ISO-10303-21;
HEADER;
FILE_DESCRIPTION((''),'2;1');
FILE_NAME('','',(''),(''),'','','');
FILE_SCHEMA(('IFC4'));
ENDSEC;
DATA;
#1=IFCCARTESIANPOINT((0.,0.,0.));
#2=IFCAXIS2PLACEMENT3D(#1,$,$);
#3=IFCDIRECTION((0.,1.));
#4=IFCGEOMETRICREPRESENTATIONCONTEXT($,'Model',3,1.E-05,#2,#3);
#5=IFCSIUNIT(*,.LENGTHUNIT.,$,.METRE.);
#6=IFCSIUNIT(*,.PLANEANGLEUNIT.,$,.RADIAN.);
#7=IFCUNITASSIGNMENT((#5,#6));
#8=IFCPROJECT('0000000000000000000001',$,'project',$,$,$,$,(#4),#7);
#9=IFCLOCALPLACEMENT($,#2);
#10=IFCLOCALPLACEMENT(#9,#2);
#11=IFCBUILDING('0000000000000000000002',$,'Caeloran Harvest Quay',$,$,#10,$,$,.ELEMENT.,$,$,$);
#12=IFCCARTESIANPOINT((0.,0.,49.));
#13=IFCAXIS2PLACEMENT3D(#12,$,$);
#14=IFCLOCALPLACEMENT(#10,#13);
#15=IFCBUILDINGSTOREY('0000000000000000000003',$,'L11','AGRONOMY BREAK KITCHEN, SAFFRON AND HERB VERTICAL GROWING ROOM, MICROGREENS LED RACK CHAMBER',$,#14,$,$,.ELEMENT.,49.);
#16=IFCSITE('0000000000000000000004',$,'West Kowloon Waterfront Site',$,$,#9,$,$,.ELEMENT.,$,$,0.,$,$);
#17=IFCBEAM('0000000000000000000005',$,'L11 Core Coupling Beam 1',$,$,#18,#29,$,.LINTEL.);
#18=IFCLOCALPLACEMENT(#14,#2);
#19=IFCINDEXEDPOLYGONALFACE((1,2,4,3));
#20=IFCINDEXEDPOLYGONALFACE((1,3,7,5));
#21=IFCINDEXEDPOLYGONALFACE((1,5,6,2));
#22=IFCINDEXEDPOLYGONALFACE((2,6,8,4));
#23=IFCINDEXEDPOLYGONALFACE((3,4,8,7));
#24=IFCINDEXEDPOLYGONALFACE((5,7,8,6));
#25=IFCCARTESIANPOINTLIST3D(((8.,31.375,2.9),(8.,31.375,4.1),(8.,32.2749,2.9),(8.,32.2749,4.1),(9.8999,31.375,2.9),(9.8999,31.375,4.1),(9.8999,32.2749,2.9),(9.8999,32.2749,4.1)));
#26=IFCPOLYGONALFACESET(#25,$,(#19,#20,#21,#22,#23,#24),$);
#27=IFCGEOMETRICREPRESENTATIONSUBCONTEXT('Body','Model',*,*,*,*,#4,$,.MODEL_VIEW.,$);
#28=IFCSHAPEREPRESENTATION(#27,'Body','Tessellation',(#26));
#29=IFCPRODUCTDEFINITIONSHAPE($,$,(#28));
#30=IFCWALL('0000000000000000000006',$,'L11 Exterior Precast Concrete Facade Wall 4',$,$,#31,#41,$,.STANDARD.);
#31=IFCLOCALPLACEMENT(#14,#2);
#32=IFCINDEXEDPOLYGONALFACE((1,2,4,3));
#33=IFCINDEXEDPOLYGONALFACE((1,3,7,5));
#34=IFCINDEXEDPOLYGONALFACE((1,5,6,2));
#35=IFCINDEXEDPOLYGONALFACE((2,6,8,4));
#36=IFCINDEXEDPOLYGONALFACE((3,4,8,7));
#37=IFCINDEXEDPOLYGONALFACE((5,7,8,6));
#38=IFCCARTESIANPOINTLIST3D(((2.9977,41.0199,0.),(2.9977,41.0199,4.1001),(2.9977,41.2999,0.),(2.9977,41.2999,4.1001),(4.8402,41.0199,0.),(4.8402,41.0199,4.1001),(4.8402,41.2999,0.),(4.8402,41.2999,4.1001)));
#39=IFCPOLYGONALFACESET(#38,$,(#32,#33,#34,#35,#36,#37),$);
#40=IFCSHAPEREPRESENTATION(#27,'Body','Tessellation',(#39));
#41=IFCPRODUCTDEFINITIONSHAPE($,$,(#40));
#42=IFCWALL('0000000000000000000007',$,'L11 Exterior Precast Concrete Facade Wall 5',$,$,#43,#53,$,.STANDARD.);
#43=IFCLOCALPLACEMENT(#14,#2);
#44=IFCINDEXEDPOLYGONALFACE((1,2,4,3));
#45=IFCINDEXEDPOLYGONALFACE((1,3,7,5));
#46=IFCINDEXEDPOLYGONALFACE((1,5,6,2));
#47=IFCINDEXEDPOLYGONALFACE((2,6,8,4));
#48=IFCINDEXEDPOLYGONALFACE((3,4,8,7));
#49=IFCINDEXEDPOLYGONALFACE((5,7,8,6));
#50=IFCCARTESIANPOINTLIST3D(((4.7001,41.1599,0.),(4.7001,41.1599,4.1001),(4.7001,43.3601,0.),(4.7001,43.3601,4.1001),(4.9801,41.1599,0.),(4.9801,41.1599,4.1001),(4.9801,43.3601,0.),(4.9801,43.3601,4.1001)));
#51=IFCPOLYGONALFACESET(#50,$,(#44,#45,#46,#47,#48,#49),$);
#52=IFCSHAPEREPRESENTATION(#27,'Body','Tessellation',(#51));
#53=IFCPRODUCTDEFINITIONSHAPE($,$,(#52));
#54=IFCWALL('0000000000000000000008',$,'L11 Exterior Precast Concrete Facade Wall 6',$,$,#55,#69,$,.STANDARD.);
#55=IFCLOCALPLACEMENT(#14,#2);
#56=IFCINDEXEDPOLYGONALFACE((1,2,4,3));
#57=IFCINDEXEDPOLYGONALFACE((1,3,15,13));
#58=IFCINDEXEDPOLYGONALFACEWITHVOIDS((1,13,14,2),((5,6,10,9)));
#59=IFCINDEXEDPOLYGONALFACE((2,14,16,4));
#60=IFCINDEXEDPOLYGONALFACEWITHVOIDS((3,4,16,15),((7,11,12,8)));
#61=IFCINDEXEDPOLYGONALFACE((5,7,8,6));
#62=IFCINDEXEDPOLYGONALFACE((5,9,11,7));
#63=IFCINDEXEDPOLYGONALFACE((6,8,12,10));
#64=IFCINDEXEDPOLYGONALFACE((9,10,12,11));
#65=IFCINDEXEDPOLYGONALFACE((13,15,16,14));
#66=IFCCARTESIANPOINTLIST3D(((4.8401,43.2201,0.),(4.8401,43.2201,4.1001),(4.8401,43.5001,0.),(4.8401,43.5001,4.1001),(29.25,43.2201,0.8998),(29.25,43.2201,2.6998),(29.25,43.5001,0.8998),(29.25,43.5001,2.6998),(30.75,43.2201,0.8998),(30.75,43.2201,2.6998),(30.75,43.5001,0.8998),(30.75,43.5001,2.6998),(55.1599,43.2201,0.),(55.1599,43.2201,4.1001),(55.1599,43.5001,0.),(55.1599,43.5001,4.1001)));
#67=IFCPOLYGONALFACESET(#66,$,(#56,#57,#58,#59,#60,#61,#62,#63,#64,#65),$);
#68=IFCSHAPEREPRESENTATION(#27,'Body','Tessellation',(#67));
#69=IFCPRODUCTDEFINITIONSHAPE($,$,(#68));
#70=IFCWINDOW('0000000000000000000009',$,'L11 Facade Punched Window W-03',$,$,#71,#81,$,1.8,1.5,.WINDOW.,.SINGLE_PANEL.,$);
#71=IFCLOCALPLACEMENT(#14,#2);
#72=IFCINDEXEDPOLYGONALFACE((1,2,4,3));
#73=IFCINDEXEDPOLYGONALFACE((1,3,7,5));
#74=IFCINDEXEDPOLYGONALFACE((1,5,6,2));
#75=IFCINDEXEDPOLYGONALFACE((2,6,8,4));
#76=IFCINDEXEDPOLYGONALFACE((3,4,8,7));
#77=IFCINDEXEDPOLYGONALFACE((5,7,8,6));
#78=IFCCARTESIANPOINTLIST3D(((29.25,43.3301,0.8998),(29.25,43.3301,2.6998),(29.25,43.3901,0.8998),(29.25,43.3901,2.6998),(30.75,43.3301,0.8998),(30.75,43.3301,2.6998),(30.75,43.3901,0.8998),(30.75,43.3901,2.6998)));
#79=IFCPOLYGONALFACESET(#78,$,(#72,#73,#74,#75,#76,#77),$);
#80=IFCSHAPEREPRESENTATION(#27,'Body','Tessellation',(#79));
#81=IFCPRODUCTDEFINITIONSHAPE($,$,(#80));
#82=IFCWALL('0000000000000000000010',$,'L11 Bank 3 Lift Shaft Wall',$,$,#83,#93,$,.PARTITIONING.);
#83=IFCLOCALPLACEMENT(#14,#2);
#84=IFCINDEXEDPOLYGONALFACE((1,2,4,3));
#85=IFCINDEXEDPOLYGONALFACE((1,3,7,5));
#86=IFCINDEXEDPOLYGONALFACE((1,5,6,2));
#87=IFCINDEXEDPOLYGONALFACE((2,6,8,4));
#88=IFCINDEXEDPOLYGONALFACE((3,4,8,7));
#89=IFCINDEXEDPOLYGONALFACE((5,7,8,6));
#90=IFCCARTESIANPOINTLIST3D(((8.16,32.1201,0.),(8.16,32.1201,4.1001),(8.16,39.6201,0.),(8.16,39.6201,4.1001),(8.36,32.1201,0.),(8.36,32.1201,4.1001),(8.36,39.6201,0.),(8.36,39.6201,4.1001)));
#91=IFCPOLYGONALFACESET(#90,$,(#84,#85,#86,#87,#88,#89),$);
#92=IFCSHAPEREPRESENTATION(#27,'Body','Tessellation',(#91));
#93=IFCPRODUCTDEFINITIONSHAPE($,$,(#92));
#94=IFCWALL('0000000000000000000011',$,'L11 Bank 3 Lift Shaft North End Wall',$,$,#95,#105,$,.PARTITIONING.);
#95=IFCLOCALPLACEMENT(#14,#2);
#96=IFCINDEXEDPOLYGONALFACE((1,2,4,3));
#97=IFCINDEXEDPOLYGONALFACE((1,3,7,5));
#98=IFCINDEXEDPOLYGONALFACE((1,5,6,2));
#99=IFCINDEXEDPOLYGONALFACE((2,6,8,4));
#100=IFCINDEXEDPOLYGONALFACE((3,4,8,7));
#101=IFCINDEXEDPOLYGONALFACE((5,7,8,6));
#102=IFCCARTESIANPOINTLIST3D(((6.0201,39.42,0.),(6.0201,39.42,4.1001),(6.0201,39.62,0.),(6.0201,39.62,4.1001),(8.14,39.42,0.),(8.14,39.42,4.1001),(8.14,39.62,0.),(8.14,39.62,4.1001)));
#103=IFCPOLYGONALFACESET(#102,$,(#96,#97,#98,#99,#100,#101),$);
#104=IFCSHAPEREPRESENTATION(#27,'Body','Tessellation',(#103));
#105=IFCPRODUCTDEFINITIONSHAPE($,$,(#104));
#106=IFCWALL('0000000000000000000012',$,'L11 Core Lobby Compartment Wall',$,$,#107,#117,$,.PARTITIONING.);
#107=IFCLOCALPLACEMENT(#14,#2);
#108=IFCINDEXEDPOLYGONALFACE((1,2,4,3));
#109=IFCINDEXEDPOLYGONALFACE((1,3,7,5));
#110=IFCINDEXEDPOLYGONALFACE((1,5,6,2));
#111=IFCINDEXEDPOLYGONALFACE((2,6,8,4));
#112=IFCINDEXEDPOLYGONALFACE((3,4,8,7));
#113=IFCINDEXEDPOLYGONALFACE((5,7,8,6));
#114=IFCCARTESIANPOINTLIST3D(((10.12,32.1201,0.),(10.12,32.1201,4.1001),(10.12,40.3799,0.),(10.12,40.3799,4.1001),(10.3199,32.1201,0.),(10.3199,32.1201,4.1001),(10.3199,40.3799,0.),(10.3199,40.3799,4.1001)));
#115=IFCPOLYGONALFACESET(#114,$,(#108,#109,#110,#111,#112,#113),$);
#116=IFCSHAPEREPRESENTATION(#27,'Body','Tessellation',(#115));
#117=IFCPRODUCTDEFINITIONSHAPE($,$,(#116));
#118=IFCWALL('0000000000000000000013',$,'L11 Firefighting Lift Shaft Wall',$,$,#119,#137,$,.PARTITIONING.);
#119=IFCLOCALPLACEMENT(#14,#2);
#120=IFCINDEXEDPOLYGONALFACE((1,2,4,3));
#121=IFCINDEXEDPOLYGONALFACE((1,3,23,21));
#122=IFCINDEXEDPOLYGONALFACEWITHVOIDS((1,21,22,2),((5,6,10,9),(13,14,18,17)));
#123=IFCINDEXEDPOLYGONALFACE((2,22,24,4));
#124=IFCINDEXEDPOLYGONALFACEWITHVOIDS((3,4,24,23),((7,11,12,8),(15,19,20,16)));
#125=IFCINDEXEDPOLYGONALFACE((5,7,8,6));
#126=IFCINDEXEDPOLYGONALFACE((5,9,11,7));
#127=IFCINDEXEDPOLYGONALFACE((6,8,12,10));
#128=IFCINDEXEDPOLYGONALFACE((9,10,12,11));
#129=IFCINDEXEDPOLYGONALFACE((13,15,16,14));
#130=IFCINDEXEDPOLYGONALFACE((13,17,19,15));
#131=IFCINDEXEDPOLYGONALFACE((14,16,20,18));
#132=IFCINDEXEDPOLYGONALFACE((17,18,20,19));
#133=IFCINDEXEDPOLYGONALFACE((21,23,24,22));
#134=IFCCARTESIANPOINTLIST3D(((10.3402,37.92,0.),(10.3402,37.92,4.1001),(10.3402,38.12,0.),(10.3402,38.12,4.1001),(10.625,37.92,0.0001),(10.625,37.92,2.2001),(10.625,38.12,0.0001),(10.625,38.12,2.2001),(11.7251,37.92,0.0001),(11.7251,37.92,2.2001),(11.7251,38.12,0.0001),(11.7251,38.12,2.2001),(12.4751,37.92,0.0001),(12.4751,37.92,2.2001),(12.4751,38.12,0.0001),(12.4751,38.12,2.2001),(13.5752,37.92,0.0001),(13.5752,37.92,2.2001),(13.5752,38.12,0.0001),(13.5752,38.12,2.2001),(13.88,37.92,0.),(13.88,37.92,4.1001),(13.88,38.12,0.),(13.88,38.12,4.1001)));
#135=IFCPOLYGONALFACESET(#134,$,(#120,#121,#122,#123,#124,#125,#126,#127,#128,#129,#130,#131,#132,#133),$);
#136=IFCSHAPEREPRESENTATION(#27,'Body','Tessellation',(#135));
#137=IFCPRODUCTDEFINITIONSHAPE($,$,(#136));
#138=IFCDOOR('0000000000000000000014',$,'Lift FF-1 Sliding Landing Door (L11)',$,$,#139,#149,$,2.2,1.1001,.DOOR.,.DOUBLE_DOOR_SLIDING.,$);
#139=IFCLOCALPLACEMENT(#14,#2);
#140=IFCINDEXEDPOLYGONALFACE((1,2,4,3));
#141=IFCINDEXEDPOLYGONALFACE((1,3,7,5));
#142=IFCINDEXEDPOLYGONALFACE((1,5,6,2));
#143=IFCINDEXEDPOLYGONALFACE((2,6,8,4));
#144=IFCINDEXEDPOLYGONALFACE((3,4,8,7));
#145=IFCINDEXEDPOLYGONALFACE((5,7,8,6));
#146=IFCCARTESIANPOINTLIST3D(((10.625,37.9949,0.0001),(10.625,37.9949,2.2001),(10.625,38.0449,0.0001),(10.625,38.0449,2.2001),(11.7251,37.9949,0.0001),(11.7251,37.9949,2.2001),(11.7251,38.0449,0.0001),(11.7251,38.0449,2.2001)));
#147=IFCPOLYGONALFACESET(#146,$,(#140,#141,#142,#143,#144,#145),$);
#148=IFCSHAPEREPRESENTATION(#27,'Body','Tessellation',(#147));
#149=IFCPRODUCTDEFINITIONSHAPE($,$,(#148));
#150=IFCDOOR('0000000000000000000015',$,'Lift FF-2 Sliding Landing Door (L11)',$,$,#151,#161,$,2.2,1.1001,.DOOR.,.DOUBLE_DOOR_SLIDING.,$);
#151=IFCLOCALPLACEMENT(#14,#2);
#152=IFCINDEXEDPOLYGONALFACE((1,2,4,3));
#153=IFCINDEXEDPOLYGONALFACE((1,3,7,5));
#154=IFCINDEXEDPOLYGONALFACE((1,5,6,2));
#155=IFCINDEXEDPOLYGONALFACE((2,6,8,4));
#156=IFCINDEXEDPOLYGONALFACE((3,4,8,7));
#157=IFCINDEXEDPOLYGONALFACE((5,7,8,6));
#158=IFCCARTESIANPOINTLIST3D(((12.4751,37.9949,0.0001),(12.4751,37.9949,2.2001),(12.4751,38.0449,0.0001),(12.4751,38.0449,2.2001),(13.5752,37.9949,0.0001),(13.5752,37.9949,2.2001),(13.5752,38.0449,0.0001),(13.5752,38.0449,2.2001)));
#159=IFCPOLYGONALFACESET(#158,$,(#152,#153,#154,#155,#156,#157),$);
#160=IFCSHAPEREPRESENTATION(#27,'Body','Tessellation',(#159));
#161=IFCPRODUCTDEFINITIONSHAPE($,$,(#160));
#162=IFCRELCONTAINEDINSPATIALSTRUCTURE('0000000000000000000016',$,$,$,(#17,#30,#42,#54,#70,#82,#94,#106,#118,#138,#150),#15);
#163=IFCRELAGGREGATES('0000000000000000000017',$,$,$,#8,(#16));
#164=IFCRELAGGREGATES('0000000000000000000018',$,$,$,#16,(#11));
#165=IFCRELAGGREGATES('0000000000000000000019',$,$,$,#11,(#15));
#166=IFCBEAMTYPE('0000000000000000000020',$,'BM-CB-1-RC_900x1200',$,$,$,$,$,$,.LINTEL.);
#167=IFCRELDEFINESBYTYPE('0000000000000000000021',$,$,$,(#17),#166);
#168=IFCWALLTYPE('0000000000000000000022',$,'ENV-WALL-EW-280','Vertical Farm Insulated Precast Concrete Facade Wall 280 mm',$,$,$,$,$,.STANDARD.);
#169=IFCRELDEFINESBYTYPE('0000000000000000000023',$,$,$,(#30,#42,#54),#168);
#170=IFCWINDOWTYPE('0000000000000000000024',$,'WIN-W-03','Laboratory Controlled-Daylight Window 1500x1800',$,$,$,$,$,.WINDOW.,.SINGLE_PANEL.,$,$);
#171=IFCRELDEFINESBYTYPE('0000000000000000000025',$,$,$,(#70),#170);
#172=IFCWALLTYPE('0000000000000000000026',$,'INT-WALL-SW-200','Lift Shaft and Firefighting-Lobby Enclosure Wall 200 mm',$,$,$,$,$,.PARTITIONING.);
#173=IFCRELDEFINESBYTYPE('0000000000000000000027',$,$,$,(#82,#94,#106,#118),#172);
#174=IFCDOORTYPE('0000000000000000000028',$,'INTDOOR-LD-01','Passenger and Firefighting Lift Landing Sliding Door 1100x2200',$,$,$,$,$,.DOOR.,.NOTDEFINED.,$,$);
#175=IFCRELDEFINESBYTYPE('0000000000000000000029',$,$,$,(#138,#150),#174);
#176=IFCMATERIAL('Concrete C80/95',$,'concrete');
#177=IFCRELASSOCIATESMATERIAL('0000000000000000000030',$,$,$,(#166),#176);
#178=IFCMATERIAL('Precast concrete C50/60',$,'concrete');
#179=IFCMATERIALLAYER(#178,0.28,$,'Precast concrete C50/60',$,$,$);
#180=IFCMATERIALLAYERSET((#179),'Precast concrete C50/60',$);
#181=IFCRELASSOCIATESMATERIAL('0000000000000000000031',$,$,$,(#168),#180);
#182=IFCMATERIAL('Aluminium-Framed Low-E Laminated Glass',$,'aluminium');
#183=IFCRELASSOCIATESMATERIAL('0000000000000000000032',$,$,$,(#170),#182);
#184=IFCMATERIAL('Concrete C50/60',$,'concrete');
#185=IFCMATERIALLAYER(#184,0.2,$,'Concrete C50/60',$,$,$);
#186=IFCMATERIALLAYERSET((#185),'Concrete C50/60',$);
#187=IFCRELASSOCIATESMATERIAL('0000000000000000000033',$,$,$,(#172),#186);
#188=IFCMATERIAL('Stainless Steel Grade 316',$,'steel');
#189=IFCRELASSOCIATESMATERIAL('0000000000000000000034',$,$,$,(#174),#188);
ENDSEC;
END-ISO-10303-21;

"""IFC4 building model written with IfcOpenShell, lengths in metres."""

from ifc_helpers import new_model, si_unit, direction, frame, frame_2d, origin, origin_2d, place, context, subcontext, project, spatial, rectangle, extrude, material, layer, layer_set, material_profile, profile_set, type_object, element, fill, save


model = new_model("IFC4")

# Units and contexts
model_context = context("Model", 3, precision=1e-05, world=origin(), true_north=direction((0.0, 1.0)))
body_context = subcontext(model_context, "Body", "Model", "MODEL_VIEW")
ifc_project = project(units=[si_unit("LENGTHUNIT", "METRE"), si_unit("PLANEANGLEUNIT", "RADIAN")], contexts=[model_context])

# Site, building, storey
site_placement = place(None, origin())
site = spatial("IfcSite", under=ifc_project, at=site_placement, Name="West Kowloon Waterfront Site", CompositionType="ELEMENT", RefElevation=0.0)
building_placement = place(site_placement, origin())
building = spatial("IfcBuilding", under=site, at=building_placement, Name="Caeloran Harvest Quay", CompositionType="ELEMENT")
storey_placement = place(building_placement, frame((0.0, 0.0, 49.0)))
storey = spatial("IfcBuildingStorey", under=building, at=storey_placement, Name="L11", Description="AGRONOMY BREAK KITCHEN, SAFFRON AND HERB VERTICAL GROWING ROOM, MICROGREENS LED RACK CHAMBER", CompositionType="ELEMENT", Elevation=49.0)

# Beam
ifc_material_1 = material(Name="Concrete C80/95", Category="concrete")
ifc_material_profile = material_profile(ifc_material_1, rectangle(XDim=0.8999, YDim=1.2, at=origin_2d()), Name="RC 900x1200")
ifc_profile_set = profile_set([ifc_material_profile], Name="Concrete C80/95")
beam_type = type_object("IfcBeamType", Name="BM-CB-1-RC_900x1200", PredefinedType="LINTEL", material=ifc_profile_set)
beam_placement = place(storey_placement, frame((8.0, 31.825, 3.5), z_axis=(1.0, 0.0, 0.0), x_axis=(0.0, 1.0, 0.0)))
element("IfcBeam", 1, at=beam_placement, inside=storey, type_object=beam_type, Name="L11 Core Coupling Beam 1", PredefinedType="LINTEL", context=body_context, shape_type="SweptSolid", body=[
    extrude(rectangle(XDim=0.8999, YDim=1.2, at=origin_2d()), origin(), (0.0, 0.0, 1.0), 1.8999),
])

# Walls
ifc_material_2 = material(Name="Precast concrete C50/60", Category="concrete")
ifc_layer_1 = layer(ifc_material_2, 0.28, Name="Precast concrete C50/60")
ifc_layer_set_1 = layer_set([ifc_layer_1], Name="Precast concrete C50/60")
wall_type_1 = type_object("IfcWallType", Name="ENV-WALL-EW-280", Description="Vertical Farm Insulated Precast Concrete Facade Wall 280 mm", PredefinedType="STANDARD", material=ifc_layer_set_1)
wall_1_placement = place(storey_placement, frame((2.9976, 41.1599, 0.0), z_axis=(0.0, 0.0, 1.0), x_axis=(1.0, 0.0, 0.0)))
element("IfcWall", 2, at=wall_1_placement, inside=storey, type_object=wall_type_1, Name="L11 Exterior Precast Concrete Facade Wall 4", PredefinedType="STANDARD", context=body_context, shape_type="SweptSolid", body=[
    extrude(rectangle(XDim=1.8425, YDim=0.28, at=frame_2d((0.9214, 0.0))), origin(), (0.0, 0.0, 1.0), 4.1001),
])
wall_2_placement = place(storey_placement, frame((4.8401, 41.1599, 0.0), z_axis=(0.0, 0.0, 1.0), x_axis=(0.0, 1.0, 0.0)))
element("IfcWall", 3, at=wall_2_placement, inside=storey, type_object=wall_type_1, Name="L11 Exterior Precast Concrete Facade Wall 5", PredefinedType="STANDARD", context=body_context, shape_type="SweptSolid", body=[
    extrude(rectangle(XDim=2.2002, YDim=0.28, at=frame_2d((1.1001, 0.0))), origin(), (0.0, 0.0, 1.0), 4.1001),
])

# Wall, opening, window
wall_3_placement = place(storey_placement, frame((4.8401, 43.3601, 0.0), z_axis=(0.0, 0.0, 1.0), x_axis=(1.0, 0.0, 0.0)))
wall_3 = element("IfcWall", 4, at=wall_3_placement, inside=storey, type_object=wall_type_1, Name="L11 Exterior Precast Concrete Facade Wall 6", PredefinedType="STANDARD", context=body_context, shape_type="SweptSolid", body=[
    extrude(rectangle(XDim=50.3198, YDim=0.28, at=frame_2d((25.1599, 0.0))), origin(), (0.0, 0.0, 1.0), 4.1001),
])
opening_1_placement = place(wall_3_placement, frame((24.4099, 0.0, 0.8999)))
opening_1 = element("IfcOpeningElement", 5, at=opening_1_placement, cuts=wall_3, PredefinedType="OPENING", context=body_context, shape_type="SweptSolid", body=[
    extrude(rectangle(XDim=1.5, YDim=1.8, at=frame_2d((0.75, 0.8999))), frame((0.0, 0.1499, 0.0), z_axis=(0.0, -1.0, 0.0), x_axis=(1.0, 0.0, 0.0)), (0.0, 0.0, 1.0), 0.3),
])
ifc_material_3 = material(Name="Aluminium-Framed Low-E Laminated Glass", Category="aluminium")
window_type = type_object("IfcWindowType", Name="WIN-W-03", Description="Laboratory Controlled-Daylight Window 1500x1800", PartitioningType="SINGLE_PANEL", PredefinedType="WINDOW", material=ifc_material_3)
window_placement = place(opening_1_placement, origin())
window = element("IfcWindow", 6, at=window_placement, inside=storey, type_object=window_type, Name="L11 Facade Punched Window W-03", OverallHeight=1.8, OverallWidth=1.5, PartitioningType="SINGLE_PANEL", PredefinedType="WINDOW", context=body_context, shape_type="SweptSolid", body=[
    extrude(rectangle(XDim=1.5, YDim=1.8, at=frame_2d((0.75, 0.8999))), frame((0.0, 0.03, 0.0), z_axis=(0.0, -1.0, 0.0), x_axis=(1.0, 0.0, 0.0)), (0.0, 0.0, 1.0), 0.0601),
])
fill(opening_1, window)

# Walls
ifc_material_4 = material(Name="Concrete C50/60", Category="concrete")
ifc_layer_2 = layer(ifc_material_4, 0.2, Name="Concrete C50/60")
ifc_layer_set_2 = layer_set([ifc_layer_2], Name="Concrete C50/60")
wall_type_2 = type_object("IfcWallType", Name="INT-WALL-SW-200", Description="Lift Shaft and Firefighting-Lobby Enclosure Wall 200 mm", PredefinedType="PARTITIONING", material=ifc_layer_set_2)
wall_4_placement = place(storey_placement, frame((8.26, 32.1201, 0.0), z_axis=(0.0, 0.0, 1.0), x_axis=(0.0, 1.0, 0.0)))
element("IfcWall", 7, at=wall_4_placement, inside=storey, type_object=wall_type_2, Name="L11 Bank 3 Lift Shaft Wall", PredefinedType="PARTITIONING", context=body_context, shape_type="SweptSolid", body=[
    extrude(rectangle(XDim=7.5, YDim=0.2, at=frame_2d((3.75, 0.0))), origin(), (0.0, 0.0, 1.0), 4.1001),
])
wall_5_placement = place(storey_placement, frame((6.02, 39.52, 0.0), z_axis=(0.0, 0.0, 1.0), x_axis=(1.0, 0.0, 0.0)))
element("IfcWall", 8, at=wall_5_placement, inside=storey, type_object=wall_type_2, Name="L11 Bank 3 Lift Shaft North End Wall", PredefinedType="PARTITIONING", context=body_context, shape_type="SweptSolid", body=[
    extrude(rectangle(XDim=2.1199, YDim=0.2, at=frame_2d((1.0601, 0.0))), origin(), (0.0, 0.0, 1.0), 4.1001),
])
wall_6_placement = place(storey_placement, frame((10.22, 32.1201, 0.0), z_axis=(0.0, 0.0, 1.0), x_axis=(0.0, 1.0, 0.0)))
element("IfcWall", 9, at=wall_6_placement, inside=storey, type_object=wall_type_2, Name="L11 Core Lobby Compartment Wall", PredefinedType="PARTITIONING", context=body_context, shape_type="SweptSolid", body=[
    extrude(rectangle(XDim=8.2598, YDim=0.2, at=frame_2d((4.1299, 0.0))), origin(), (0.0, 0.0, 1.0), 4.1001),
])

# Wall, openings, doors
wall_7_placement = place(storey_placement, frame((10.3401, 38.02, 0.0), z_axis=(0.0, 0.0, 1.0), x_axis=(1.0, 0.0, 0.0)))
wall_7 = element("IfcWall", 10, at=wall_7_placement, inside=storey, type_object=wall_type_2, Name="L11 Firefighting Lift Shaft Wall", PredefinedType="PARTITIONING", context=body_context, shape_type="SweptSolid", body=[
    extrude(rectangle(XDim=3.5398, YDim=0.2, at=frame_2d((1.77, 0.0))), origin(), (0.0, 0.0, 1.0), 4.1001),
])
opening_2_placement = place(wall_7_placement, frame((0.2849, 0.0, 0.0)))
opening_2 = element("IfcOpeningElement", 11, at=opening_2_placement, cuts=wall_7, PredefinedType="OPENING", context=body_context, shape_type="SweptSolid", body=[
    extrude(rectangle(XDim=1.1001, YDim=2.2, at=frame_2d((0.55, 1.1001))), frame((0.0, 0.1099, 0.0), z_axis=(0.0, -1.0, 0.0), x_axis=(1.0, 0.0, 0.0)), (0.0, 0.0, 1.0), 0.22),
])
opening_3_placement = place(wall_7_placement, frame((2.135, 0.0, 0.0)))
opening_3 = element("IfcOpeningElement", 12, at=opening_3_placement, cuts=wall_7, PredefinedType="OPENING", context=body_context, shape_type="SweptSolid", body=[
    extrude(rectangle(XDim=1.1001, YDim=2.2, at=frame_2d((0.55, 1.1001))), frame((0.0, 0.1099, 0.0), z_axis=(0.0, -1.0, 0.0), x_axis=(1.0, 0.0, 0.0)), (0.0, 0.0, 1.0), 0.22),
])
ifc_material_5 = material(Name="Stainless Steel Grade 316", Category="steel")
door_type_1 = type_object("IfcDoorType", Name="INTDOOR-LD-01", Description="Passenger and Firefighting Lift Landing Sliding Door 1100x2200", OperationType="NOTDEFINED", PredefinedType="DOOR", material=ifc_material_5)
door_1_placement = place(opening_2_placement, origin())
door_1 = element("IfcDoor", 13, at=door_1_placement, inside=storey, type_object=door_type_1, Name="Lift FF-1 Sliding Landing Door (L11)", OperationType="DOUBLE_DOOR_SLIDING", OverallHeight=2.2, OverallWidth=1.1001, PredefinedType="DOOR", context=body_context, shape_type="SweptSolid", body=[
    extrude(rectangle(XDim=1.1001, YDim=2.2, at=frame_2d((0.55, 1.1001))), frame((0.0, 0.0249, 0.0), z_axis=(0.0, -1.0, 0.0), x_axis=(1.0, 0.0, 0.0)), (0.0, 0.0, 1.0), 0.05),
])
fill(opening_2, door_1)
door_2_placement = place(opening_3_placement, origin())
door_2 = element("IfcDoor", 14, at=door_2_placement, inside=storey, type_object=door_type_1, Name="Lift FF-2 Sliding Landing Door (L11)", OperationType="DOUBLE_DOOR_SLIDING", OverallHeight=2.2, OverallWidth=1.1001, PredefinedType="DOOR", context=body_context, shape_type="SweptSolid", body=[
    extrude(rectangle(XDim=1.1001, YDim=2.2, at=frame_2d((0.55, 1.1001))), frame((0.0, 0.0249, 0.0), z_axis=(0.0, -1.0, 0.0), x_axis=(1.0, 0.0, 0.0)), (0.0, 0.0, 1.0), 0.05),
])
fill(opening_3, door_2)

save(model, "model.ifc")
